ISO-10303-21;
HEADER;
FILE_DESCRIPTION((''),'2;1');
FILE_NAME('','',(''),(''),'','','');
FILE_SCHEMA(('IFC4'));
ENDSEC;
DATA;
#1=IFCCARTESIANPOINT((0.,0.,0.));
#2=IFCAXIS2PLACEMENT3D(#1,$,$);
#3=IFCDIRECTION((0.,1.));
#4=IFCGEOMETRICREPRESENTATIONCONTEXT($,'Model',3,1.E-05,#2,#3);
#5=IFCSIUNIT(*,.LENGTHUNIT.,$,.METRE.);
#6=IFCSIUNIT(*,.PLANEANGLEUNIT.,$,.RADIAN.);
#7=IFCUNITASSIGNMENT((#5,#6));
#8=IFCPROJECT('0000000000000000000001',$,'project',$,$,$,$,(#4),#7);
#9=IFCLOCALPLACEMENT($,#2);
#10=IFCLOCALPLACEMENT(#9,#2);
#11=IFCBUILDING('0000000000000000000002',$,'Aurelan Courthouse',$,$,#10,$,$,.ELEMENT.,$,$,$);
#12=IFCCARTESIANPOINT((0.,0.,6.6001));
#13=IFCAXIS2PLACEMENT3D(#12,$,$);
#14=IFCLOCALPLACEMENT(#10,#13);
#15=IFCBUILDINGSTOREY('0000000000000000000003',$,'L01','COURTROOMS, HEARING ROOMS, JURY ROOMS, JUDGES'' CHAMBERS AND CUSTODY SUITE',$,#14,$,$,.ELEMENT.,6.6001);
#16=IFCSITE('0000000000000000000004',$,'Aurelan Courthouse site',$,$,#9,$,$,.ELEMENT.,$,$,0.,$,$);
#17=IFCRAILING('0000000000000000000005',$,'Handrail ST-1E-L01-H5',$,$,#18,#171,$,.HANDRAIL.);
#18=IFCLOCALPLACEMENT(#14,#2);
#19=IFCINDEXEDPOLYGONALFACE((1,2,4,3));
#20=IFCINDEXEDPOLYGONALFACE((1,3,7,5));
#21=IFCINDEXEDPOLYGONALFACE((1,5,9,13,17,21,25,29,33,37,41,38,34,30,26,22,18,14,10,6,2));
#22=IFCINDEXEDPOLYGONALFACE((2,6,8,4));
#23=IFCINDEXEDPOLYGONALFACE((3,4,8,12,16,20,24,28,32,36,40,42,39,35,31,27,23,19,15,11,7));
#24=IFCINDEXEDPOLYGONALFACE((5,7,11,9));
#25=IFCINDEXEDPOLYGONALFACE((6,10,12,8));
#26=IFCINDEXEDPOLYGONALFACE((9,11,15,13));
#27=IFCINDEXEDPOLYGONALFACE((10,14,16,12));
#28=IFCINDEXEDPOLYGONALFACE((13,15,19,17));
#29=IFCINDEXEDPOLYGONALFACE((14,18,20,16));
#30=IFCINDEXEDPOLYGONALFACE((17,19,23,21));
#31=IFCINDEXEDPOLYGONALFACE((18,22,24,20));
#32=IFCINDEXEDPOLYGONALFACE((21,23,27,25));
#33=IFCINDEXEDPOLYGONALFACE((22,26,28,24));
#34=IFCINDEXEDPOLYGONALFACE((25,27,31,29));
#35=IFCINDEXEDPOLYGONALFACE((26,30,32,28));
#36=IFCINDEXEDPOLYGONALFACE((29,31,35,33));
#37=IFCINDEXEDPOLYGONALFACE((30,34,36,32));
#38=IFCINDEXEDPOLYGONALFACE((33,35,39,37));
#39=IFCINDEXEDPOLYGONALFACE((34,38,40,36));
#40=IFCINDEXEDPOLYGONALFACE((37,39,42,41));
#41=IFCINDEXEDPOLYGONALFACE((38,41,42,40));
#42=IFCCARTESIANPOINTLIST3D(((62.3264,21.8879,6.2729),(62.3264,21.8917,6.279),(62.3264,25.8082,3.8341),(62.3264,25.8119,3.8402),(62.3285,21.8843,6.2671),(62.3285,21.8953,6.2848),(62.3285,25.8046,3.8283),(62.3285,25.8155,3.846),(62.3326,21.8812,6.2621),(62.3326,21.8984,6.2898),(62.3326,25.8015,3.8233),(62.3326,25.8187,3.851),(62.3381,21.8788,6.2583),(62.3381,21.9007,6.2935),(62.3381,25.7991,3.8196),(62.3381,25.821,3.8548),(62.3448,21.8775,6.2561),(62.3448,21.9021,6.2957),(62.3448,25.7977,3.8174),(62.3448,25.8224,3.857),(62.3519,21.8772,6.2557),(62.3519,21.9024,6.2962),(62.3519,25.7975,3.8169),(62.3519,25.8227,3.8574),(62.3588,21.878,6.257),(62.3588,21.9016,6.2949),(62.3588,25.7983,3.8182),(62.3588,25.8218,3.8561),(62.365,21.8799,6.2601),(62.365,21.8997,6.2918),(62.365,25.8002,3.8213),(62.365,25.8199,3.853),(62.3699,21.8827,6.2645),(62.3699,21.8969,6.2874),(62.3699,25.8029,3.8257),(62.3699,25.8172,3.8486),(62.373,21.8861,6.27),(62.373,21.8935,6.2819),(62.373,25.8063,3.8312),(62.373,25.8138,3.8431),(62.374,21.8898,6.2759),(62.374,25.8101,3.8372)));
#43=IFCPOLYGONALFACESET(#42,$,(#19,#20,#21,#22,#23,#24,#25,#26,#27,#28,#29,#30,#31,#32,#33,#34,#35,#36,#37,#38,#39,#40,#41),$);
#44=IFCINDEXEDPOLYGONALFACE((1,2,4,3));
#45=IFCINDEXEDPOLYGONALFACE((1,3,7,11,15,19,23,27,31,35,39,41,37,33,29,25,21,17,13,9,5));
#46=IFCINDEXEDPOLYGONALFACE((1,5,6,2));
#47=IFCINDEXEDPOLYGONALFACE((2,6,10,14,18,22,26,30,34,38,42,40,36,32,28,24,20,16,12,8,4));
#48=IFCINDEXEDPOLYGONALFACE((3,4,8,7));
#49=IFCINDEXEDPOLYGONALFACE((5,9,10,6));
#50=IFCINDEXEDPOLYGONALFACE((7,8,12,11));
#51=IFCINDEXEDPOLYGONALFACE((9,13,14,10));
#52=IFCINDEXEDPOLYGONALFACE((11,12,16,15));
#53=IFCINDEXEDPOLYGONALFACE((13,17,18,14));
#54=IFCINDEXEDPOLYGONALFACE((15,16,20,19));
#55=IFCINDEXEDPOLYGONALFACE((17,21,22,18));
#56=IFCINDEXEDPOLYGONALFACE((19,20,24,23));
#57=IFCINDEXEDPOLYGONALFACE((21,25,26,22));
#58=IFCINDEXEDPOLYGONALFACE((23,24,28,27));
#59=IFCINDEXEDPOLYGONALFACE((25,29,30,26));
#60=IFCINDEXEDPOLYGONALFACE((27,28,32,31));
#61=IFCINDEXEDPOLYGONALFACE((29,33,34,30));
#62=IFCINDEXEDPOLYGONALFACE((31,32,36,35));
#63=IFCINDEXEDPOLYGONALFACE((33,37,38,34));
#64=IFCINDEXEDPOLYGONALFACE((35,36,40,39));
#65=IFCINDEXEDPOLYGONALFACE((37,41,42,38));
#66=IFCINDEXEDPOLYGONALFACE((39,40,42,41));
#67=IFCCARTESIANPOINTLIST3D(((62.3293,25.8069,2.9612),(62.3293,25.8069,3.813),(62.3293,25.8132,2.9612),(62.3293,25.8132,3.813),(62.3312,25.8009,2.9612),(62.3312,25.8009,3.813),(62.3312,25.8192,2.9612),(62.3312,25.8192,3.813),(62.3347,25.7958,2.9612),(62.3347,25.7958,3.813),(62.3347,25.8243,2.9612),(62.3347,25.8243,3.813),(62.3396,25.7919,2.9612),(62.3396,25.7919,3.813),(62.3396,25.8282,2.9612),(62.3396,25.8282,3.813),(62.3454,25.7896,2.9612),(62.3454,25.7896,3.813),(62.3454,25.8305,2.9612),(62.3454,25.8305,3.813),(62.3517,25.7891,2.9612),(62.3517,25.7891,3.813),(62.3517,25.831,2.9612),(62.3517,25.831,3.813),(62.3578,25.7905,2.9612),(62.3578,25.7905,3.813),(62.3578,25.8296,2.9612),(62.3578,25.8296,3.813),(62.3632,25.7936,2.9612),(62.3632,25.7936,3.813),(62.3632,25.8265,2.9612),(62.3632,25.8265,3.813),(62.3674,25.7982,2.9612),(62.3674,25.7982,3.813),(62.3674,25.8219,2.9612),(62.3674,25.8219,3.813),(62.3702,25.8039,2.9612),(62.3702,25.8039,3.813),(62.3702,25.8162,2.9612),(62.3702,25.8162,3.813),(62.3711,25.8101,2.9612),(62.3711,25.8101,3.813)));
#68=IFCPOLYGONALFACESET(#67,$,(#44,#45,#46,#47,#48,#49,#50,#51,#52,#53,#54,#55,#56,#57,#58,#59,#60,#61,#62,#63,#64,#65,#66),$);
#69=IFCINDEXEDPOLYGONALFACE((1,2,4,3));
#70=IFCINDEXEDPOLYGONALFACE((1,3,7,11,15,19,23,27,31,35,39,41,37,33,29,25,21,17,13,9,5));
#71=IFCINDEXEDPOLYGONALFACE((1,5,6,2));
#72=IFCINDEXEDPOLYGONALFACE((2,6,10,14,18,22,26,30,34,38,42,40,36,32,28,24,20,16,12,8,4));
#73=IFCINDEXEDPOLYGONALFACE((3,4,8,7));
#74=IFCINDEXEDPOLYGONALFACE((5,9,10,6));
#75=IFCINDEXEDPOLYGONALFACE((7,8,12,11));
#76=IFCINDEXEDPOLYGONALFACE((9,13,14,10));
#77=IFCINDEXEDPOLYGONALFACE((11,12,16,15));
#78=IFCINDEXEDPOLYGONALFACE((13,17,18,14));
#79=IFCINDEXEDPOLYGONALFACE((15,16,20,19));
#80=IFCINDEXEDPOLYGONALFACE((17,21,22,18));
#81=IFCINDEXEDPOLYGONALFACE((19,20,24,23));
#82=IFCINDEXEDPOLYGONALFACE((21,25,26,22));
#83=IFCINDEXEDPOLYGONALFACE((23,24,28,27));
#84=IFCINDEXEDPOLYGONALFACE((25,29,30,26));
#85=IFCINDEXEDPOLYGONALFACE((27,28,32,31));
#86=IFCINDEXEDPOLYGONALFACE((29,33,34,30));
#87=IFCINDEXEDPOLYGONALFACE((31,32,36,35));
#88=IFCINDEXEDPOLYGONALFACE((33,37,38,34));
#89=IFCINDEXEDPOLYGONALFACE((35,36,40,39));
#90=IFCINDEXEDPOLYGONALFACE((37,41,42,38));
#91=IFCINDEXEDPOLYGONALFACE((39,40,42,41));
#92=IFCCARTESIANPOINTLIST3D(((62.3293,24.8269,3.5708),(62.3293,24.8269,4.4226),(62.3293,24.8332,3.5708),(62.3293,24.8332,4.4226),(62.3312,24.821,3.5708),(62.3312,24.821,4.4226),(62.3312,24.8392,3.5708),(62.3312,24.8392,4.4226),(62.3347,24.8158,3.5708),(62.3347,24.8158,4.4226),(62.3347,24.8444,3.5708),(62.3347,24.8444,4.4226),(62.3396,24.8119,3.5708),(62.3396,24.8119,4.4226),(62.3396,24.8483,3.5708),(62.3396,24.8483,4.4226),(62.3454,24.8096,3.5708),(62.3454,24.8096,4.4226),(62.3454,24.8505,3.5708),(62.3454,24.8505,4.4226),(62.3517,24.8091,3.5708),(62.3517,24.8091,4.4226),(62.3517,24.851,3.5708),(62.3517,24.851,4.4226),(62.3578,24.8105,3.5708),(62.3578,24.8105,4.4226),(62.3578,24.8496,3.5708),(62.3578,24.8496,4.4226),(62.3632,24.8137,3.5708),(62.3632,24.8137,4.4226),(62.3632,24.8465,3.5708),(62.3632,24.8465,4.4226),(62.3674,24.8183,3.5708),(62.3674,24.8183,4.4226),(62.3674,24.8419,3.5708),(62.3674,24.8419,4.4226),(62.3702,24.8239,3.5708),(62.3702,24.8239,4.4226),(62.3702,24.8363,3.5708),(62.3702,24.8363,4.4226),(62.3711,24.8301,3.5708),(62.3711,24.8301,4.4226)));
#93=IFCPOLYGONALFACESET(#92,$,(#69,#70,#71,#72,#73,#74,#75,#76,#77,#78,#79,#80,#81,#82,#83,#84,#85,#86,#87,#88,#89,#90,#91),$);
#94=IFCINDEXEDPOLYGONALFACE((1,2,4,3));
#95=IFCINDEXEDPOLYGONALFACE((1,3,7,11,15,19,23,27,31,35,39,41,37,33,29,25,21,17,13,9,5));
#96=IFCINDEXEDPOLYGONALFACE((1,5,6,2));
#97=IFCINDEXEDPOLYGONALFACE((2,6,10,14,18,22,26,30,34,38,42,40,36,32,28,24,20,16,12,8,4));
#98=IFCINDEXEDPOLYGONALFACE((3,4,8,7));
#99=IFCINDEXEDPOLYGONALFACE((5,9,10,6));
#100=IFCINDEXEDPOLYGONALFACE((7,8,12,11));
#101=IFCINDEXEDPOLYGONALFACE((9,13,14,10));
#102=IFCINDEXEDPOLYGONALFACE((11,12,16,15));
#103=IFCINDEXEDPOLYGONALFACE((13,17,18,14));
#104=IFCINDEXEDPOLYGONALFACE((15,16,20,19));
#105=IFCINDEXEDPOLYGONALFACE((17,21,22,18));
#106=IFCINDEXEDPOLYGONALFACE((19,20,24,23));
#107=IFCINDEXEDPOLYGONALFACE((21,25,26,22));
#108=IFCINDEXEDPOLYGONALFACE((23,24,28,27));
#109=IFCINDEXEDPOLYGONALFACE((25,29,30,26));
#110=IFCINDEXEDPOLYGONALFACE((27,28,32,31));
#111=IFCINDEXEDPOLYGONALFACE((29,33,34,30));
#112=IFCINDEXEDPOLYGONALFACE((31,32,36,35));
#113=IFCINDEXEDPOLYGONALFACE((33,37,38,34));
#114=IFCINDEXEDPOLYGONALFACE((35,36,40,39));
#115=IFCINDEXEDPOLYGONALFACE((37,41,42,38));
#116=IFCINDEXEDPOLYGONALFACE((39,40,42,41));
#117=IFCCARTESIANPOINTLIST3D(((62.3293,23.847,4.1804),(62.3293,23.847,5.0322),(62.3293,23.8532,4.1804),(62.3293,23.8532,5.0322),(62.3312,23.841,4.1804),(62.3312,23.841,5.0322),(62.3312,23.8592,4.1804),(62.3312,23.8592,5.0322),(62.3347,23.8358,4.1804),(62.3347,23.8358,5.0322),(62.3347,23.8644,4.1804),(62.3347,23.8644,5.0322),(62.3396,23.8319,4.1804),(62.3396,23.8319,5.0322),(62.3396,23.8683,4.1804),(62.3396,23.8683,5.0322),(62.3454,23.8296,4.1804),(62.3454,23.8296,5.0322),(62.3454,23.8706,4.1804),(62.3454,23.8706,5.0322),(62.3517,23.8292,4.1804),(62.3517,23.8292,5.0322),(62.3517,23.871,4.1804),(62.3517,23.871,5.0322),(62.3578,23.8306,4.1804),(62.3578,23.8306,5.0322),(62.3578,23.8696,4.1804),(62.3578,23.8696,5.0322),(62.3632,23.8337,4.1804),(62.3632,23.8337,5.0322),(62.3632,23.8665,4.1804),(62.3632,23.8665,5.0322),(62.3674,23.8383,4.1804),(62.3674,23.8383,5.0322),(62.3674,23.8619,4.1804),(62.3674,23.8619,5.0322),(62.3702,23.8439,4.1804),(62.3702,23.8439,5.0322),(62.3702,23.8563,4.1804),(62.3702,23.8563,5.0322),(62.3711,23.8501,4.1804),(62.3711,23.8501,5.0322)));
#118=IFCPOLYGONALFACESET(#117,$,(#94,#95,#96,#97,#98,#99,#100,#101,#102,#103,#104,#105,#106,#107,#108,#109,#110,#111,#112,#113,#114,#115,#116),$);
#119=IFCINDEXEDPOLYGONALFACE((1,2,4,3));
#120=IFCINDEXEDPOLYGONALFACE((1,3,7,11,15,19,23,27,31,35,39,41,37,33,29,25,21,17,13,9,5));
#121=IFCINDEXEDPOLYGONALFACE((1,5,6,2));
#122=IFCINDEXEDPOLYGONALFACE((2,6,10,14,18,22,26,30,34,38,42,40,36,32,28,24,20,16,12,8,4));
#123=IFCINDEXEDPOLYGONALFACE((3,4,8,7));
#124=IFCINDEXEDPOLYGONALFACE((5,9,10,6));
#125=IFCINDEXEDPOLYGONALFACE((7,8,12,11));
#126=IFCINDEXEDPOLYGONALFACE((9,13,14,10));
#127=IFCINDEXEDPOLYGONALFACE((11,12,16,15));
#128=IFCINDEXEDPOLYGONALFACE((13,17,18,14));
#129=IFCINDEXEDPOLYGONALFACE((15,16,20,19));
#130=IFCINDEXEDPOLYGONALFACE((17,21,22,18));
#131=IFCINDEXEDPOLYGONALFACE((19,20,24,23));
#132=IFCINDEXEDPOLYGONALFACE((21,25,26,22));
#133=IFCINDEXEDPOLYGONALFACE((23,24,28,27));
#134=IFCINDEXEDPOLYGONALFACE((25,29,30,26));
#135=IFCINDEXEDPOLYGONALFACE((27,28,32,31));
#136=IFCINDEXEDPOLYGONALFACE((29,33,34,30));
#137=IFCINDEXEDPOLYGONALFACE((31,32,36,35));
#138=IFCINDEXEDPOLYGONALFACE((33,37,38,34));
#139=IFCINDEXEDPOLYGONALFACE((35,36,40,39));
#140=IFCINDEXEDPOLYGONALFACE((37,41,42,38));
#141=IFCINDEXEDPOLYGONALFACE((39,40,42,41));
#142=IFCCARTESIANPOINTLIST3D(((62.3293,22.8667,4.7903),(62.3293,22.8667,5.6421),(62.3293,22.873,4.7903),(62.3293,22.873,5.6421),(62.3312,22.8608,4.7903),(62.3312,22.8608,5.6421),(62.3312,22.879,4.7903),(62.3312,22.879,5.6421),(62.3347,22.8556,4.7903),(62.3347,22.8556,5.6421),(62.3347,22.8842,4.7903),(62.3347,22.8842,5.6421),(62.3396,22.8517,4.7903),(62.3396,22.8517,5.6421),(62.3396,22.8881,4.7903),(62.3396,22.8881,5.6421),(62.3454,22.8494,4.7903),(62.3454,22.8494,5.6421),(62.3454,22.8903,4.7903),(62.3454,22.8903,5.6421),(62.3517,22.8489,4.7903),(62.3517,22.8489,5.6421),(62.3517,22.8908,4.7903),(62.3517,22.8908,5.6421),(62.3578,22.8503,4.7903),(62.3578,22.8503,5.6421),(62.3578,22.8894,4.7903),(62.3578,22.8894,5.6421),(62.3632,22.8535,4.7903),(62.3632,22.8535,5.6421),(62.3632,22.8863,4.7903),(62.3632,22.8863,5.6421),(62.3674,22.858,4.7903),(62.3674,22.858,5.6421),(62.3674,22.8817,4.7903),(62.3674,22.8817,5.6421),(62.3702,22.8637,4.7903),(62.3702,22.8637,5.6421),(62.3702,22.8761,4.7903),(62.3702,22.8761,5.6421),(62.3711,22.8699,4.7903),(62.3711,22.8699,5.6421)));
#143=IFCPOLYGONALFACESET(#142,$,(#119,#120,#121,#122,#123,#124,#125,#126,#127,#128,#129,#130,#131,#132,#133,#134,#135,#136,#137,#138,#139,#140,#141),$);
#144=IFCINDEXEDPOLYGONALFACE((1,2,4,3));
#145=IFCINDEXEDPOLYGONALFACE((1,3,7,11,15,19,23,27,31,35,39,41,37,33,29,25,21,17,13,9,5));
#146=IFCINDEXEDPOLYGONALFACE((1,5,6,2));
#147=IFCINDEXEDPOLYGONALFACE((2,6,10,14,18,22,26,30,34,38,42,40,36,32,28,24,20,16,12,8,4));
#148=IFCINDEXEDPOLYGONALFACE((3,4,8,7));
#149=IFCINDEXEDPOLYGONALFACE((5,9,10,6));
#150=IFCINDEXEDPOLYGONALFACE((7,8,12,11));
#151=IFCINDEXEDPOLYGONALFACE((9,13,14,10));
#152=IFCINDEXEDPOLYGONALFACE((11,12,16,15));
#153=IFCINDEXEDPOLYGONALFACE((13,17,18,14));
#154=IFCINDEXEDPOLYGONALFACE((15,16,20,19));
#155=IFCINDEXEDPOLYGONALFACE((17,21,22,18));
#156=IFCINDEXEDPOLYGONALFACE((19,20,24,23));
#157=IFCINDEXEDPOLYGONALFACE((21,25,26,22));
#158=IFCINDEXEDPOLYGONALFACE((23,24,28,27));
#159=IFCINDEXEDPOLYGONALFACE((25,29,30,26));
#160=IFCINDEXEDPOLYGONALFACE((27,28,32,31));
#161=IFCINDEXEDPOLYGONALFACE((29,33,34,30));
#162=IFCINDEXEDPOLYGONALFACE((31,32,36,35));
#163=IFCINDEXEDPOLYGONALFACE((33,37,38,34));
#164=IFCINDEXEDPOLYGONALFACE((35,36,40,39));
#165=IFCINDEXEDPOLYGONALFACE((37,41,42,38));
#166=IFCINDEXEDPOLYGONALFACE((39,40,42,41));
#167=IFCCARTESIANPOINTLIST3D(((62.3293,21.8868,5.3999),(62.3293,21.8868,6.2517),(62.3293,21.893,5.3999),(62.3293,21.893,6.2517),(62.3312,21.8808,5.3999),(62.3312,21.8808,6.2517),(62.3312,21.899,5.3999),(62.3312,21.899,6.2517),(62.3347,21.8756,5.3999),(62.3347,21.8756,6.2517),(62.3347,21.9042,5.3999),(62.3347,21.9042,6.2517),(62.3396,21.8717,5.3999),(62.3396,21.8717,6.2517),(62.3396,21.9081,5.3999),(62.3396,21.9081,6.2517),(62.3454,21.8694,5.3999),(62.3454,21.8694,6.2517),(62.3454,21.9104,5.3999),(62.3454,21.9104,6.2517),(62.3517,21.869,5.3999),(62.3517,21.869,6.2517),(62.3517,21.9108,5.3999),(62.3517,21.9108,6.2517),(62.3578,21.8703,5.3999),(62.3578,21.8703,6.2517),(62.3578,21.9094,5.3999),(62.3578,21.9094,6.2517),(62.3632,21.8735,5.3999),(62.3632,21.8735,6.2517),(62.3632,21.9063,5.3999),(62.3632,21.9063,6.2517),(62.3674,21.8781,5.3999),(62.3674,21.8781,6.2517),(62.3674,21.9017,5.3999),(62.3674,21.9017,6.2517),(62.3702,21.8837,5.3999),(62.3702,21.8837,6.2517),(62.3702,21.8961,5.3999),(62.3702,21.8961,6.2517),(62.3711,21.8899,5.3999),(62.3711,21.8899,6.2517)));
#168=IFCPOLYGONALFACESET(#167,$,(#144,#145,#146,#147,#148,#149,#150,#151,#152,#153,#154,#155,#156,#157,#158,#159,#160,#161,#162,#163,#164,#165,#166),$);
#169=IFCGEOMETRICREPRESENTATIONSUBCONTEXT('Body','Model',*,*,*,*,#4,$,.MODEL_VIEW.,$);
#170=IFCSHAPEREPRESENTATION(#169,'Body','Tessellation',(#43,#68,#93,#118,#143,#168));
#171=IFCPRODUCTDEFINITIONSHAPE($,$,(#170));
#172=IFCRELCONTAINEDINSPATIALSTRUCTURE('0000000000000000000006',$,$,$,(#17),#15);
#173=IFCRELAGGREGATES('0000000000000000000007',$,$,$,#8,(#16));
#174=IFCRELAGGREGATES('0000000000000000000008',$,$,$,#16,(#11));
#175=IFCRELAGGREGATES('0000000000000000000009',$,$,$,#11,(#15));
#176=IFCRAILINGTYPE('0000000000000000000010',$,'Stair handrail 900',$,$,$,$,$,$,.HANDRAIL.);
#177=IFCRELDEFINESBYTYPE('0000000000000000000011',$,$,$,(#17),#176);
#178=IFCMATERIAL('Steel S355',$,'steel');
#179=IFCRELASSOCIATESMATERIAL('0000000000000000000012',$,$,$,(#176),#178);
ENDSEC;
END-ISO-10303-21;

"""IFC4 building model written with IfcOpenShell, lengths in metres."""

from ifc_helpers import new_model, si_unit, direction, frame, origin, origin_2d, place, context, subcontext, project, spatial, circle, extrude, material, type_object, element, save


model = new_model("IFC4")

# Units and contexts
model_context = context("Model", 3, precision=1e-05, world=origin(), true_north=direction((0.0, 1.0)))
body_context = subcontext(model_context, "Body", "Model", "MODEL_VIEW")
ifc_project = project(units=[si_unit("LENGTHUNIT", "METRE"), si_unit("PLANEANGLEUNIT", "RADIAN")], contexts=[model_context])

# Site, building, storey
site_placement = place(None, origin())
site = spatial("IfcSite", under=ifc_project, at=site_placement, Name="Aurelan Courthouse site", CompositionType="ELEMENT", RefElevation=0.0)
building_placement = place(site_placement, origin())
building = spatial("IfcBuilding", under=site, at=building_placement, Name="Aurelan Courthouse", CompositionType="ELEMENT")
storey_placement = place(building_placement, frame((0.0, 0.0, 6.6001)))
storey = spatial("IfcBuildingStorey", under=building, at=storey_placement, Name="L01", Description="COURTROOMS, HEARING ROOMS, JURY ROOMS, JUDGES' CHAMBERS AND CUSTODY SUITE", CompositionType="ELEMENT", Elevation=6.6001)

# Railing
ifc_material_1 = material(Name="Steel S355", Category="steel")
railing_type_1 = type_object("IfcRailingType", Name="Stair handrail 900", PredefinedType="HANDRAIL", material=ifc_material_1)
for number, where, name in (
    (1, (62.3501, 25.8101, 2.9612), "Handrail ST-1E-L01-H5"),
):
    element("IfcRailing", number, at=place(storey_placement, frame(where)), inside=storey, type_object=railing_type_1, Name=name, PredefinedType="HANDRAIL", context=body_context, shape_type="SweptSolid", body=[
        extrude(circle(Radius=0.0239, at=origin_2d()), frame((0.0, 0.0, 0.876), z_axis=(0.0, -0.849105, 0.528225), x_axis=(1.0, 0.0, 0.0)), (0.0, 0.0, 1.0), 4.6169),
        extrude(circle(Radius=0.021, at=origin_2d()), origin(), (0.0, 0.0, 1.0), 0.8518),
        extrude(circle(Radius=0.021, at=origin_2d()), frame((0.0, -0.98, 0.6096)), (0.0, 0.0, 1.0), 0.8518),
        extrude(circle(Radius=0.021, at=origin_2d()), frame((0.0, -1.96, 1.2192)), (0.0, 0.0, 1.0), 0.8518),
        extrude(circle(Radius=0.021, at=origin_2d()), frame((0.0, -2.9402, 1.8291)), (0.0, 0.0, 1.0), 0.8518),
        extrude(circle(Radius=0.021, at=origin_2d()), frame((0.0, -3.9202, 2.4387)), (0.0, 0.0, 1.0), 0.8518),
    ])

save(model, "model.ifc")
